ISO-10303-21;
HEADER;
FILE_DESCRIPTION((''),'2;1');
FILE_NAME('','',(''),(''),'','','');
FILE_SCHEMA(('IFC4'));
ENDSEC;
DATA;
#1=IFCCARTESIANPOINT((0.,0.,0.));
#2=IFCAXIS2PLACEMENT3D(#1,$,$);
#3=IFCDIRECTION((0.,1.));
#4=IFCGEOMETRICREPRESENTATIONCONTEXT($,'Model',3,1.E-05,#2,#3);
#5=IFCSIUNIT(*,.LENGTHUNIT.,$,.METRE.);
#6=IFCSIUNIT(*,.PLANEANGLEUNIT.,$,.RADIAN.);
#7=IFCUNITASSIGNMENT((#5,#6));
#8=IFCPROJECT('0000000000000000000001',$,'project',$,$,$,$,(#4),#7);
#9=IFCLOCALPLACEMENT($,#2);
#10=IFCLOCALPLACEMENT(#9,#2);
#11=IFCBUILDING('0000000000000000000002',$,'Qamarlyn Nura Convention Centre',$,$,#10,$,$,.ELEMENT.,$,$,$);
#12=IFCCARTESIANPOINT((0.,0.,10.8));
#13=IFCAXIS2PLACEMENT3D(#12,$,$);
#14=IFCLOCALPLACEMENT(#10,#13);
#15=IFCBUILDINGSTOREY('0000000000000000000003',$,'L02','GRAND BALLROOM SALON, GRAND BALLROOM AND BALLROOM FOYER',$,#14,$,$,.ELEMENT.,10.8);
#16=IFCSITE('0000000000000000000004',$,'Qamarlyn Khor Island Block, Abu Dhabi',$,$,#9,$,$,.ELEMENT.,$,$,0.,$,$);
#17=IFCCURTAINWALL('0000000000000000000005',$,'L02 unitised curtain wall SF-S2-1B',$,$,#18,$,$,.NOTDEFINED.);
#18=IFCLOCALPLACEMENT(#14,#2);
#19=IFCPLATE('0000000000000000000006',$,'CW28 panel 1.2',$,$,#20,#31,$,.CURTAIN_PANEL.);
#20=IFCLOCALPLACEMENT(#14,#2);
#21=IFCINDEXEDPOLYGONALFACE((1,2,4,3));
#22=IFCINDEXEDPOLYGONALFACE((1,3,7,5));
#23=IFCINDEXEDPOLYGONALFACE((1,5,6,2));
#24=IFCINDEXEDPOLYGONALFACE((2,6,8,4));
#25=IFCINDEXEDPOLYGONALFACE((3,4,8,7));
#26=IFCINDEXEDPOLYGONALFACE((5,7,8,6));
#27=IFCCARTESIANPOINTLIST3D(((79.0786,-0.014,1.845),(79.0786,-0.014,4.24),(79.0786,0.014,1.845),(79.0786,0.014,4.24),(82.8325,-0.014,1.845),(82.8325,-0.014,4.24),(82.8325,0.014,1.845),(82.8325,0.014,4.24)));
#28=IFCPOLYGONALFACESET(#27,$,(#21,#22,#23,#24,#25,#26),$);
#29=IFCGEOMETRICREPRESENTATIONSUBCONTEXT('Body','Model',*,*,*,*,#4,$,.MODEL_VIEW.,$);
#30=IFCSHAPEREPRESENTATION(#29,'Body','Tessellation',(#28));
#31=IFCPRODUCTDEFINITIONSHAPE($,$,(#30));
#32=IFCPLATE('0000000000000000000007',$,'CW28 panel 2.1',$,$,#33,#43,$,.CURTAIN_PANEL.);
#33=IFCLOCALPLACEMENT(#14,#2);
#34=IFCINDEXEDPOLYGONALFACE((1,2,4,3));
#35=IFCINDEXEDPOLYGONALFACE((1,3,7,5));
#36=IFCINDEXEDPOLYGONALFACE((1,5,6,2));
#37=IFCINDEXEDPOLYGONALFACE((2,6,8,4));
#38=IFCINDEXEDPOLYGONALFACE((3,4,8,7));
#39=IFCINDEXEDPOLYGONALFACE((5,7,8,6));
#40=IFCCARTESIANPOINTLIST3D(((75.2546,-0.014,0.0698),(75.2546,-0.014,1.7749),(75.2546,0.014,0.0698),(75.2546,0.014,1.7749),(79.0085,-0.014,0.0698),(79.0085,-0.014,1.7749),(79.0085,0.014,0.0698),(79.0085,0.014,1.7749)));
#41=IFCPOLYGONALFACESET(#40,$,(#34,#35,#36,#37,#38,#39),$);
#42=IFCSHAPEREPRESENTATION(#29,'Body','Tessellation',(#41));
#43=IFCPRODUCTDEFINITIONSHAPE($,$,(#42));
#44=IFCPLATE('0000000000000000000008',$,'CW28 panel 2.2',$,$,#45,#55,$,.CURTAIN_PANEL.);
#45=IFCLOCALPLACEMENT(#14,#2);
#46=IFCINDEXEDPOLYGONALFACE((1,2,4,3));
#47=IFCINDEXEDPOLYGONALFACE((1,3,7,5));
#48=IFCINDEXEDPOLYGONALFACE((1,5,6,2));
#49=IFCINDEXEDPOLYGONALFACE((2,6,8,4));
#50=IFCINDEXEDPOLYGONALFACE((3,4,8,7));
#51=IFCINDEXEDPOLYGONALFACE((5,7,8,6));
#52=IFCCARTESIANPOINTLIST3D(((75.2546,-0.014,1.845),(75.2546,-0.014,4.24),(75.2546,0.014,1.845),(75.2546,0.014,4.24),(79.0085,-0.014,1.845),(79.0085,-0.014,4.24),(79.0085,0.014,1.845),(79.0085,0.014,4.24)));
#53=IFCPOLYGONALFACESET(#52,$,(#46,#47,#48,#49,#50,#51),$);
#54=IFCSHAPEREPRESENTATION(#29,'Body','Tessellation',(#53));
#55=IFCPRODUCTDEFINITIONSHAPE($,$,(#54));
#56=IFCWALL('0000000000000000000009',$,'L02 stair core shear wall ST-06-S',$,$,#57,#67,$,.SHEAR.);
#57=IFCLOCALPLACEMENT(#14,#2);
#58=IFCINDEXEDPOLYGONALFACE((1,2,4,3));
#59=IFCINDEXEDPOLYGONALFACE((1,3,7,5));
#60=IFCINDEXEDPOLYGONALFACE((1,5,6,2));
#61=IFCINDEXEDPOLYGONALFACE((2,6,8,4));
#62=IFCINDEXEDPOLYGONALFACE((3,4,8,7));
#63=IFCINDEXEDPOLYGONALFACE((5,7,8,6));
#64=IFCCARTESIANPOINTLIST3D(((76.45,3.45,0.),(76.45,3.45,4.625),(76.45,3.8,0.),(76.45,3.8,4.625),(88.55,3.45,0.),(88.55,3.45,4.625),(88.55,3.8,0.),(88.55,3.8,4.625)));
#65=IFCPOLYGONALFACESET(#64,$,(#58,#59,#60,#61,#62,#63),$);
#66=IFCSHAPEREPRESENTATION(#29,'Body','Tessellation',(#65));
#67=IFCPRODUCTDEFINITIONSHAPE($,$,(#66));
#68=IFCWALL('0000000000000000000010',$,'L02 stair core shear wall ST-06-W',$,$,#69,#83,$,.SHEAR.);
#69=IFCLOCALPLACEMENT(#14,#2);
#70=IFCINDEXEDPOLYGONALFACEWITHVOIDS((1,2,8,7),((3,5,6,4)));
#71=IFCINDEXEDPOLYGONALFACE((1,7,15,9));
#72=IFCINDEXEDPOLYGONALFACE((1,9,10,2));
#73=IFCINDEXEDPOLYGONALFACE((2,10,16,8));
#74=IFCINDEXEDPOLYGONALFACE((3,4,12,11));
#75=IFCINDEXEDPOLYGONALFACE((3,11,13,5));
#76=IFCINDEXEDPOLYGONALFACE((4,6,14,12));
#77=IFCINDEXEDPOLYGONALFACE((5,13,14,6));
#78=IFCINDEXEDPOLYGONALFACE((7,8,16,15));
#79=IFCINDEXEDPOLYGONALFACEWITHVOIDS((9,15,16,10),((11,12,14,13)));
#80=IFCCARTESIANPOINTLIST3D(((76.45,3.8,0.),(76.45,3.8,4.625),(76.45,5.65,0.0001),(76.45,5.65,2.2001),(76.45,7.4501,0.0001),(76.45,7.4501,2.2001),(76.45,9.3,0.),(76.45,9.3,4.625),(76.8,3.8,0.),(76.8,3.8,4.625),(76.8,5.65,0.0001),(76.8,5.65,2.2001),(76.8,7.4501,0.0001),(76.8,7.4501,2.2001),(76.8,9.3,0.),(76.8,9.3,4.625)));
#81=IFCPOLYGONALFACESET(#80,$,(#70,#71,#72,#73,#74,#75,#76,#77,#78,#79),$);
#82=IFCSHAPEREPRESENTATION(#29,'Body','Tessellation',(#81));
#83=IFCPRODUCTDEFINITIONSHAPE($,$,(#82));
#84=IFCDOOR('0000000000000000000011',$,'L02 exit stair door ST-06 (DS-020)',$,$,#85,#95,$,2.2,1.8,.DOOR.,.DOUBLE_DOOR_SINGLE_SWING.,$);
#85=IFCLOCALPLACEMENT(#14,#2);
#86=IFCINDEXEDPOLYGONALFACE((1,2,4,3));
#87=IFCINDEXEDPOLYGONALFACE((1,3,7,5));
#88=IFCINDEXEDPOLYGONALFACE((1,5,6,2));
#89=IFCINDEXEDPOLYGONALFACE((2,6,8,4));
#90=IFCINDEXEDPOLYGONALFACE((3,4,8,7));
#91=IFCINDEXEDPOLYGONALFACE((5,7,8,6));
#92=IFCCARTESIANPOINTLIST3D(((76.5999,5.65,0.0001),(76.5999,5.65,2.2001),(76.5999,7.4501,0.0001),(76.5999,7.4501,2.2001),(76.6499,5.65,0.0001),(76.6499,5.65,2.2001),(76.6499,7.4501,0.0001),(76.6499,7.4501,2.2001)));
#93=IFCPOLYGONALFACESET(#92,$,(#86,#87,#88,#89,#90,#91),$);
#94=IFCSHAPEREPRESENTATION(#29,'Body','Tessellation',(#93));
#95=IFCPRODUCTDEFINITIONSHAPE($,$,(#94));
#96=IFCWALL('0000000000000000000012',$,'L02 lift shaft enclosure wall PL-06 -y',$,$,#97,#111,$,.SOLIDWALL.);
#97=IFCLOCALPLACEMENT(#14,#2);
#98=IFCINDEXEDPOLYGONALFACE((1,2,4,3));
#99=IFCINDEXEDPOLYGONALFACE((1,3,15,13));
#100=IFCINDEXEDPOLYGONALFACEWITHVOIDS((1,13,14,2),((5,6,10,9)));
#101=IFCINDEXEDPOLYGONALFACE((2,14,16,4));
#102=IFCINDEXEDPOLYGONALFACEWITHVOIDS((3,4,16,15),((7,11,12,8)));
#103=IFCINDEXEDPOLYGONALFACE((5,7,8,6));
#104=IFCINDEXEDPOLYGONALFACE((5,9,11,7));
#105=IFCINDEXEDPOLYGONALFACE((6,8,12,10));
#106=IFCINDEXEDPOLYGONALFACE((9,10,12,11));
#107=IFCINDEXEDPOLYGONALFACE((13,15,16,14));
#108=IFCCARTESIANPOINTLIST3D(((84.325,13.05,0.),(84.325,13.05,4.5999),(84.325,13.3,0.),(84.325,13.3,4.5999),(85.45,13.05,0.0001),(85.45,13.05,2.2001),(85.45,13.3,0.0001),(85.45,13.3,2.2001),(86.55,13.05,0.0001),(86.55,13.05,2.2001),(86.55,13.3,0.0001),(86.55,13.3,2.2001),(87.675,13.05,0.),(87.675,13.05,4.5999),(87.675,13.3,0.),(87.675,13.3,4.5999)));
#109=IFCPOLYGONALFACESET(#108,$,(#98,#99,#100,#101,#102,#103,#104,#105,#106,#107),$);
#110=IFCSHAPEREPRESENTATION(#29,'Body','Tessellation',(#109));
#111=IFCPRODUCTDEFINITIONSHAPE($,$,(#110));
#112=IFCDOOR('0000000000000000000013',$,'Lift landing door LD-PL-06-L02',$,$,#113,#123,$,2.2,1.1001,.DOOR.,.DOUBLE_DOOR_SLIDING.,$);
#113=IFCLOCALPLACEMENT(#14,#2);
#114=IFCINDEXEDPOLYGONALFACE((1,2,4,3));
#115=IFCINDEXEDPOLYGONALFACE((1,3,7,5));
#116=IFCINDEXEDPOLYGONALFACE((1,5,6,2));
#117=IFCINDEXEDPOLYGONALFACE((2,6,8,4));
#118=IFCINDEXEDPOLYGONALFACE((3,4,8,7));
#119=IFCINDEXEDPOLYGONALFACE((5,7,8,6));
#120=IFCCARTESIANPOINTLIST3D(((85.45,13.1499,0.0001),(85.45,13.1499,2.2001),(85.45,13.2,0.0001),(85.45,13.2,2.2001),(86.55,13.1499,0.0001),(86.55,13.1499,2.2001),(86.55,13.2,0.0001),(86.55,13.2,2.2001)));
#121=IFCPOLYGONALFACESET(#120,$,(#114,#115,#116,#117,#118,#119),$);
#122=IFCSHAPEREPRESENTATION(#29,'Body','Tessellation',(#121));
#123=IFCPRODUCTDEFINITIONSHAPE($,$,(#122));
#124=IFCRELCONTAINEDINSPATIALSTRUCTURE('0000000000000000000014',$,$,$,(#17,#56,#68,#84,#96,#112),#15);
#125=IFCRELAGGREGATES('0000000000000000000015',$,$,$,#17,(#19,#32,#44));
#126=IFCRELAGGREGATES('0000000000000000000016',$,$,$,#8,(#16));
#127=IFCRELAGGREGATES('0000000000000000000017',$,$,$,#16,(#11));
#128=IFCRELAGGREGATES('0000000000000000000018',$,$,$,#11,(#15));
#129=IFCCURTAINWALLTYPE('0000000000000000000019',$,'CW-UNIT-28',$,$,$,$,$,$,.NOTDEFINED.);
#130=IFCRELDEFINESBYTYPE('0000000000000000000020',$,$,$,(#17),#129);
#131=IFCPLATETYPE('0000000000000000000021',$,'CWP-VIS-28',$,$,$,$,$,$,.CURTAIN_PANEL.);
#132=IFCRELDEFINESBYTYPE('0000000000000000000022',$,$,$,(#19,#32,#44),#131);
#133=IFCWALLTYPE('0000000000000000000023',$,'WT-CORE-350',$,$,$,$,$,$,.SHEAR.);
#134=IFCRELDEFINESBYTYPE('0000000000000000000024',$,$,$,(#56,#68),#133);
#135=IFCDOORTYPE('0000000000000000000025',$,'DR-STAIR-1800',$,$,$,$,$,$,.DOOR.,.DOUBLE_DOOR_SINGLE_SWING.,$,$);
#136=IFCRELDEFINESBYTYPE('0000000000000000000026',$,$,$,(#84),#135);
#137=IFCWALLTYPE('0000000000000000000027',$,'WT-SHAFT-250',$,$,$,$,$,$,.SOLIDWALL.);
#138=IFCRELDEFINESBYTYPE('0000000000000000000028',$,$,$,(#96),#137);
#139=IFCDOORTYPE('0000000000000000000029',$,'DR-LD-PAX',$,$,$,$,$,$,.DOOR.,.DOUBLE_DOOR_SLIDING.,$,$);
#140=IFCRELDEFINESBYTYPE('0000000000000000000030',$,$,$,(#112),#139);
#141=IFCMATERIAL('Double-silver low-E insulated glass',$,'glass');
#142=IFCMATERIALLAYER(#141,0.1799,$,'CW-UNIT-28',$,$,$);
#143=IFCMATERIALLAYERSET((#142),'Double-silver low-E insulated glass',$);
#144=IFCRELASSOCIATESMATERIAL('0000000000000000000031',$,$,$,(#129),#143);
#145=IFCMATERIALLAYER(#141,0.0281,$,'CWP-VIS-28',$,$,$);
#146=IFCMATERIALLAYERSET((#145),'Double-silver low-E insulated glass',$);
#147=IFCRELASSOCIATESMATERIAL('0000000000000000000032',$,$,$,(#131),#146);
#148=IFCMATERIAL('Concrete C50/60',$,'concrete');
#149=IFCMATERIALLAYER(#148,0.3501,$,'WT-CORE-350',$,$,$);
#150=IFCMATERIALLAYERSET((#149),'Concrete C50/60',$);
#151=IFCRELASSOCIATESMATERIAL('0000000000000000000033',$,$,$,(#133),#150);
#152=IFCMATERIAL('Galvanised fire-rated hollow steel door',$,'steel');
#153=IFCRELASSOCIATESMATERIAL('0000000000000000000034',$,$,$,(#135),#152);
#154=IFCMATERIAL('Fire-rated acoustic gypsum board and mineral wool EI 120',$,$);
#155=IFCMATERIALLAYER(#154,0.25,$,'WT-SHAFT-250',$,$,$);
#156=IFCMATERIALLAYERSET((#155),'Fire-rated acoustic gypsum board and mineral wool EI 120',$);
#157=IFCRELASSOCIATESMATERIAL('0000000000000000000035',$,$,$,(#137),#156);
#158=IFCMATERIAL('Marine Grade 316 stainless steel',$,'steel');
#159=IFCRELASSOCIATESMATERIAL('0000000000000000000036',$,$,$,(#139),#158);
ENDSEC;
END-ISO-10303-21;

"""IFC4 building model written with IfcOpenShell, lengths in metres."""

from ifc_helpers import new_model, si_unit, direction, frame, frame_2d, origin, origin_2d, place, context, subcontext, project, spatial, rectangle, extrude, material, layer, layer_set, type_object, element, fill, aggregate, save


model = new_model("IFC4")

# Units and contexts
model_context = context("Model", 3, precision=1e-05, world=origin(), true_north=direction((0.0, 1.0)))
body_context = subcontext(model_context, "Body", "Model", "MODEL_VIEW")
ifc_project = project(units=[si_unit("LENGTHUNIT", "METRE"), si_unit("PLANEANGLEUNIT", "RADIAN")], contexts=[model_context])

# Site, building, storey
site_placement = place(None, origin())
site = spatial("IfcSite", under=ifc_project, at=site_placement, Name="Qamarlyn Khor Island Block, Abu Dhabi", CompositionType="ELEMENT", RefElevation=0.0)
building_placement = place(site_placement, origin())
building = spatial("IfcBuilding", under=site, at=building_placement, Name="Qamarlyn Nura Convention Centre", CompositionType="ELEMENT")
storey_placement = place(building_placement, frame((0.0, 0.0, 10.8)))
storey = spatial("IfcBuildingStorey", under=building, at=storey_placement, Name="L02", Description="GRAND BALLROOM SALON, GRAND BALLROOM AND BALLROOM FOYER", CompositionType="ELEMENT", Elevation=10.8)

# Shared definitions
ifc_material_1 = material(Name="Double-silver low-E insulated glass", Category="glass")

# Curtain wall
ifc_layer_1 = layer(ifc_material_1, 0.1799, Name="CW-UNIT-28")
ifc_layer_set_1 = layer_set([ifc_layer_1], Name="Double-silver low-E insulated glass")
curtain_wall_type_1 = type_object("IfcCurtainWallType", Name="CW-UNIT-28", PredefinedType="NOTDEFINED", material=ifc_layer_set_1)
curtain_wall_1_placement = place(storey_placement, origin())
curtain_wall_1 = element("IfcCurtainWall", 1, at=curtain_wall_1_placement, inside=storey, type_object=curtain_wall_type_1, Name="L02 unitised curtain wall SF-S2-1B", PredefinedType="NOTDEFINED")

# Plates
ifc_layer_2 = layer(ifc_material_1, 0.0281, Name="CWP-VIS-28")
ifc_layer_set_2 = layer_set([ifc_layer_2], Name="Double-silver low-E insulated glass")
plate_type = type_object("IfcPlateType", Name="CWP-VIS-28", PredefinedType="CURTAIN_PANEL", material=ifc_layer_set_2)
plate_1_placement = place(storey_placement, frame((80.9556, 0.0, 1.845), z_axis=(0.0, 0.0, 1.0), x_axis=(-1.0, 0.0, 0.0)))
plate_1 = element("IfcPlate", 2, at=plate_1_placement, type_object=plate_type, Name="CW28 panel 1.2", PredefinedType="CURTAIN_PANEL", context=body_context, shape_type="SweptSolid", body=[
    extrude(rectangle(XDim=3.7539, YDim=0.0281, at=origin_2d()), origin(), (0.0, 0.0, 1.0), 2.395),
])
plate_2_placement = place(storey_placement, frame((77.1316, 0.0, 0.0698), z_axis=(0.0, 0.0, 1.0), x_axis=(-1.0, 0.0, 0.0)))
plate_2 = element("IfcPlate", 3, at=plate_2_placement, type_object=plate_type, Name="CW28 panel 2.1", PredefinedType="CURTAIN_PANEL", context=body_context, shape_type="SweptSolid", body=[
    extrude(rectangle(XDim=3.7539, YDim=0.0281, at=origin_2d()), origin(), (0.0, 0.0, 1.0), 1.7051),
])
plate_3_placement = place(storey_placement, frame((77.1316, 0.0, 1.845), z_axis=(0.0, 0.0, 1.0), x_axis=(-1.0, 0.0, 0.0)))
plate_3 = element("IfcPlate", 4, at=plate_3_placement, type_object=plate_type, Name="CW28 panel 2.2", PredefinedType="CURTAIN_PANEL", context=body_context, shape_type="SweptSolid", body=[
    extrude(rectangle(XDim=3.7539, YDim=0.0281, at=origin_2d()), origin(), (0.0, 0.0, 1.0), 2.395),
])
aggregate(curtain_wall_1, [plate_1, plate_2, plate_3])

# Wall
ifc_material_2 = material(Name="Concrete C50/60", Category="concrete")
ifc_layer_3 = layer(ifc_material_2, 0.3501, Name="WT-CORE-350")
ifc_layer_set_3 = layer_set([ifc_layer_3], Name="Concrete C50/60")
wall_type_1 = type_object("IfcWallType", Name="WT-CORE-350", PredefinedType="SHEAR", material=ifc_layer_set_3)
wall_1_placement = place(storey_placement, frame((76.45, 3.625, 0.0), z_axis=(0.0, 0.0, 1.0), x_axis=(1.0, 0.0, 0.0)))
element("IfcWall", 5, at=wall_1_placement, inside=storey, type_object=wall_type_1, Name="L02 stair core shear wall ST-06-S", PredefinedType="SHEAR", context=body_context, shape_type="SweptSolid", body=[
    extrude(rectangle(XDim=12.1001, YDim=0.3501, at=frame_2d((6.05, 0.0))), origin(), (0.0, 0.0, 1.0), 4.625),
])

# Walls, openings, doors
wall_2_placement = place(storey_placement, frame((76.625, 9.3, 0.0), z_axis=(0.0, 0.0, 1.0), x_axis=(0.0, -1.0, 0.0)))
wall_2 = element("IfcWall", 6, at=wall_2_placement, inside=storey, type_object=wall_type_1, Name="L02 stair core shear wall ST-06-W", PredefinedType="SHEAR", context=body_context, shape_type="SweptSolid", body=[
    extrude(rectangle(XDim=5.5, YDim=0.3501, at=frame_2d((2.75, 0.0))), origin(), (0.0, 0.0, 1.0), 4.625),
])
opening_1_placement = place(wall_2_placement, frame((1.8501, 0.0, 0.0)))
opening_1 = element("IfcOpeningElement", 7, at=opening_1_placement, cuts=wall_2, PredefinedType="OPENING", context=body_context, shape_type="SweptSolid", body=[
    extrude(rectangle(XDim=1.8, YDim=2.2, at=frame_2d((0.8999, 1.1001))), frame((0.0, 0.1851, 0.0), z_axis=(0.0, -1.0, 0.0), x_axis=(1.0, 0.0, 0.0)), (0.0, 0.0, 1.0), 0.3701),
])
ifc_material_3 = material(Name="Galvanised fire-rated hollow steel door", Category="steel")
door_type_1 = type_object("IfcDoorType", Name="DR-STAIR-1800", OperationType="DOUBLE_DOOR_SINGLE_SWING", PredefinedType="DOOR", material=ifc_material_3)
door_1_placement = place(opening_1_placement, origin())
door_1 = element("IfcDoor", 8, at=door_1_placement, inside=storey, type_object=door_type_1, Name="L02 exit stair door ST-06 (DS-020)", OperationType="DOUBLE_DOOR_SINGLE_SWING", OverallHeight=2.2, OverallWidth=1.8, PredefinedType="DOOR", context=body_context, shape_type="SweptSolid", body=[
    extrude(rectangle(XDim=1.8, YDim=2.2, at=frame_2d((0.8999, 1.1001))), frame((0.0, 0.0249, 0.0), z_axis=(0.0, -1.0, 0.0), x_axis=(1.0, 0.0, 0.0)), (0.0, 0.0, 1.0), 0.05),
])
fill(opening_1, door_1)
ifc_material_4 = material(Name="Fire-rated acoustic gypsum board and mineral wool EI 120")
ifc_layer_4 = layer(ifc_material_4, 0.25, Name="WT-SHAFT-250")
ifc_layer_set_4 = layer_set([ifc_layer_4], Name="Fire-rated acoustic gypsum board and mineral wool EI 120")
wall_type_2 = type_object("IfcWallType", Name="WT-SHAFT-250", PredefinedType="SOLIDWALL", material=ifc_layer_set_4)
wall_3_placement = place(storey_placement, frame((84.325, 13.175, 0.0), z_axis=(0.0, 0.0, 1.0), x_axis=(1.0, 0.0, 0.0)))
wall_3 = element("IfcWall", 9, at=wall_3_placement, inside=storey, type_object=wall_type_2, Name="L02 lift shaft enclosure wall PL-06 -y", PredefinedType="SOLIDWALL", context=body_context, shape_type="SweptSolid", body=[
    extrude(rectangle(XDim=3.3501, YDim=0.25, at=frame_2d((1.675, 0.0))), origin(), (0.0, 0.0, 1.0), 4.5999),
])
opening_2_placement = place(wall_3_placement, frame((1.125, 0.0, 0.0)))
opening_2 = element("IfcOpeningElement", 10, at=opening_2_placement, cuts=wall_3, PredefinedType="OPENING", context=body_context, shape_type="SweptSolid", body=[
    extrude(rectangle(XDim=1.1001, YDim=2.2, at=frame_2d((0.55, 1.1001))), frame((0.0, 0.135, 0.0), z_axis=(0.0, -1.0, 0.0), x_axis=(1.0, 0.0, 0.0)), (0.0, 0.0, 1.0), 0.27),
])
ifc_material_5 = material(Name="Marine Grade 316 stainless steel", Category="steel")
door_type_2 = type_object("IfcDoorType", Name="DR-LD-PAX", OperationType="DOUBLE_DOOR_SLIDING", PredefinedType="DOOR", material=ifc_material_5)
door_2_placement = place(opening_2_placement, origin())
door_2 = element("IfcDoor", 11, at=door_2_placement, inside=storey, type_object=door_type_2, Name="Lift landing door LD-PL-06-L02", OperationType="DOUBLE_DOOR_SLIDING", OverallHeight=2.2, OverallWidth=1.1001, PredefinedType="DOOR", context=body_context, shape_type="SweptSolid", body=[
    extrude(rectangle(XDim=1.1001, YDim=2.2, at=frame_2d((0.55, 1.1001))), frame((0.0, 0.0249, 0.0), z_axis=(0.0, -1.0, 0.0), x_axis=(1.0, 0.0, 0.0)), (0.0, 0.0, 1.0), 0.05),
])
fill(opening_2, door_2)

save(model, "model.ifc")
